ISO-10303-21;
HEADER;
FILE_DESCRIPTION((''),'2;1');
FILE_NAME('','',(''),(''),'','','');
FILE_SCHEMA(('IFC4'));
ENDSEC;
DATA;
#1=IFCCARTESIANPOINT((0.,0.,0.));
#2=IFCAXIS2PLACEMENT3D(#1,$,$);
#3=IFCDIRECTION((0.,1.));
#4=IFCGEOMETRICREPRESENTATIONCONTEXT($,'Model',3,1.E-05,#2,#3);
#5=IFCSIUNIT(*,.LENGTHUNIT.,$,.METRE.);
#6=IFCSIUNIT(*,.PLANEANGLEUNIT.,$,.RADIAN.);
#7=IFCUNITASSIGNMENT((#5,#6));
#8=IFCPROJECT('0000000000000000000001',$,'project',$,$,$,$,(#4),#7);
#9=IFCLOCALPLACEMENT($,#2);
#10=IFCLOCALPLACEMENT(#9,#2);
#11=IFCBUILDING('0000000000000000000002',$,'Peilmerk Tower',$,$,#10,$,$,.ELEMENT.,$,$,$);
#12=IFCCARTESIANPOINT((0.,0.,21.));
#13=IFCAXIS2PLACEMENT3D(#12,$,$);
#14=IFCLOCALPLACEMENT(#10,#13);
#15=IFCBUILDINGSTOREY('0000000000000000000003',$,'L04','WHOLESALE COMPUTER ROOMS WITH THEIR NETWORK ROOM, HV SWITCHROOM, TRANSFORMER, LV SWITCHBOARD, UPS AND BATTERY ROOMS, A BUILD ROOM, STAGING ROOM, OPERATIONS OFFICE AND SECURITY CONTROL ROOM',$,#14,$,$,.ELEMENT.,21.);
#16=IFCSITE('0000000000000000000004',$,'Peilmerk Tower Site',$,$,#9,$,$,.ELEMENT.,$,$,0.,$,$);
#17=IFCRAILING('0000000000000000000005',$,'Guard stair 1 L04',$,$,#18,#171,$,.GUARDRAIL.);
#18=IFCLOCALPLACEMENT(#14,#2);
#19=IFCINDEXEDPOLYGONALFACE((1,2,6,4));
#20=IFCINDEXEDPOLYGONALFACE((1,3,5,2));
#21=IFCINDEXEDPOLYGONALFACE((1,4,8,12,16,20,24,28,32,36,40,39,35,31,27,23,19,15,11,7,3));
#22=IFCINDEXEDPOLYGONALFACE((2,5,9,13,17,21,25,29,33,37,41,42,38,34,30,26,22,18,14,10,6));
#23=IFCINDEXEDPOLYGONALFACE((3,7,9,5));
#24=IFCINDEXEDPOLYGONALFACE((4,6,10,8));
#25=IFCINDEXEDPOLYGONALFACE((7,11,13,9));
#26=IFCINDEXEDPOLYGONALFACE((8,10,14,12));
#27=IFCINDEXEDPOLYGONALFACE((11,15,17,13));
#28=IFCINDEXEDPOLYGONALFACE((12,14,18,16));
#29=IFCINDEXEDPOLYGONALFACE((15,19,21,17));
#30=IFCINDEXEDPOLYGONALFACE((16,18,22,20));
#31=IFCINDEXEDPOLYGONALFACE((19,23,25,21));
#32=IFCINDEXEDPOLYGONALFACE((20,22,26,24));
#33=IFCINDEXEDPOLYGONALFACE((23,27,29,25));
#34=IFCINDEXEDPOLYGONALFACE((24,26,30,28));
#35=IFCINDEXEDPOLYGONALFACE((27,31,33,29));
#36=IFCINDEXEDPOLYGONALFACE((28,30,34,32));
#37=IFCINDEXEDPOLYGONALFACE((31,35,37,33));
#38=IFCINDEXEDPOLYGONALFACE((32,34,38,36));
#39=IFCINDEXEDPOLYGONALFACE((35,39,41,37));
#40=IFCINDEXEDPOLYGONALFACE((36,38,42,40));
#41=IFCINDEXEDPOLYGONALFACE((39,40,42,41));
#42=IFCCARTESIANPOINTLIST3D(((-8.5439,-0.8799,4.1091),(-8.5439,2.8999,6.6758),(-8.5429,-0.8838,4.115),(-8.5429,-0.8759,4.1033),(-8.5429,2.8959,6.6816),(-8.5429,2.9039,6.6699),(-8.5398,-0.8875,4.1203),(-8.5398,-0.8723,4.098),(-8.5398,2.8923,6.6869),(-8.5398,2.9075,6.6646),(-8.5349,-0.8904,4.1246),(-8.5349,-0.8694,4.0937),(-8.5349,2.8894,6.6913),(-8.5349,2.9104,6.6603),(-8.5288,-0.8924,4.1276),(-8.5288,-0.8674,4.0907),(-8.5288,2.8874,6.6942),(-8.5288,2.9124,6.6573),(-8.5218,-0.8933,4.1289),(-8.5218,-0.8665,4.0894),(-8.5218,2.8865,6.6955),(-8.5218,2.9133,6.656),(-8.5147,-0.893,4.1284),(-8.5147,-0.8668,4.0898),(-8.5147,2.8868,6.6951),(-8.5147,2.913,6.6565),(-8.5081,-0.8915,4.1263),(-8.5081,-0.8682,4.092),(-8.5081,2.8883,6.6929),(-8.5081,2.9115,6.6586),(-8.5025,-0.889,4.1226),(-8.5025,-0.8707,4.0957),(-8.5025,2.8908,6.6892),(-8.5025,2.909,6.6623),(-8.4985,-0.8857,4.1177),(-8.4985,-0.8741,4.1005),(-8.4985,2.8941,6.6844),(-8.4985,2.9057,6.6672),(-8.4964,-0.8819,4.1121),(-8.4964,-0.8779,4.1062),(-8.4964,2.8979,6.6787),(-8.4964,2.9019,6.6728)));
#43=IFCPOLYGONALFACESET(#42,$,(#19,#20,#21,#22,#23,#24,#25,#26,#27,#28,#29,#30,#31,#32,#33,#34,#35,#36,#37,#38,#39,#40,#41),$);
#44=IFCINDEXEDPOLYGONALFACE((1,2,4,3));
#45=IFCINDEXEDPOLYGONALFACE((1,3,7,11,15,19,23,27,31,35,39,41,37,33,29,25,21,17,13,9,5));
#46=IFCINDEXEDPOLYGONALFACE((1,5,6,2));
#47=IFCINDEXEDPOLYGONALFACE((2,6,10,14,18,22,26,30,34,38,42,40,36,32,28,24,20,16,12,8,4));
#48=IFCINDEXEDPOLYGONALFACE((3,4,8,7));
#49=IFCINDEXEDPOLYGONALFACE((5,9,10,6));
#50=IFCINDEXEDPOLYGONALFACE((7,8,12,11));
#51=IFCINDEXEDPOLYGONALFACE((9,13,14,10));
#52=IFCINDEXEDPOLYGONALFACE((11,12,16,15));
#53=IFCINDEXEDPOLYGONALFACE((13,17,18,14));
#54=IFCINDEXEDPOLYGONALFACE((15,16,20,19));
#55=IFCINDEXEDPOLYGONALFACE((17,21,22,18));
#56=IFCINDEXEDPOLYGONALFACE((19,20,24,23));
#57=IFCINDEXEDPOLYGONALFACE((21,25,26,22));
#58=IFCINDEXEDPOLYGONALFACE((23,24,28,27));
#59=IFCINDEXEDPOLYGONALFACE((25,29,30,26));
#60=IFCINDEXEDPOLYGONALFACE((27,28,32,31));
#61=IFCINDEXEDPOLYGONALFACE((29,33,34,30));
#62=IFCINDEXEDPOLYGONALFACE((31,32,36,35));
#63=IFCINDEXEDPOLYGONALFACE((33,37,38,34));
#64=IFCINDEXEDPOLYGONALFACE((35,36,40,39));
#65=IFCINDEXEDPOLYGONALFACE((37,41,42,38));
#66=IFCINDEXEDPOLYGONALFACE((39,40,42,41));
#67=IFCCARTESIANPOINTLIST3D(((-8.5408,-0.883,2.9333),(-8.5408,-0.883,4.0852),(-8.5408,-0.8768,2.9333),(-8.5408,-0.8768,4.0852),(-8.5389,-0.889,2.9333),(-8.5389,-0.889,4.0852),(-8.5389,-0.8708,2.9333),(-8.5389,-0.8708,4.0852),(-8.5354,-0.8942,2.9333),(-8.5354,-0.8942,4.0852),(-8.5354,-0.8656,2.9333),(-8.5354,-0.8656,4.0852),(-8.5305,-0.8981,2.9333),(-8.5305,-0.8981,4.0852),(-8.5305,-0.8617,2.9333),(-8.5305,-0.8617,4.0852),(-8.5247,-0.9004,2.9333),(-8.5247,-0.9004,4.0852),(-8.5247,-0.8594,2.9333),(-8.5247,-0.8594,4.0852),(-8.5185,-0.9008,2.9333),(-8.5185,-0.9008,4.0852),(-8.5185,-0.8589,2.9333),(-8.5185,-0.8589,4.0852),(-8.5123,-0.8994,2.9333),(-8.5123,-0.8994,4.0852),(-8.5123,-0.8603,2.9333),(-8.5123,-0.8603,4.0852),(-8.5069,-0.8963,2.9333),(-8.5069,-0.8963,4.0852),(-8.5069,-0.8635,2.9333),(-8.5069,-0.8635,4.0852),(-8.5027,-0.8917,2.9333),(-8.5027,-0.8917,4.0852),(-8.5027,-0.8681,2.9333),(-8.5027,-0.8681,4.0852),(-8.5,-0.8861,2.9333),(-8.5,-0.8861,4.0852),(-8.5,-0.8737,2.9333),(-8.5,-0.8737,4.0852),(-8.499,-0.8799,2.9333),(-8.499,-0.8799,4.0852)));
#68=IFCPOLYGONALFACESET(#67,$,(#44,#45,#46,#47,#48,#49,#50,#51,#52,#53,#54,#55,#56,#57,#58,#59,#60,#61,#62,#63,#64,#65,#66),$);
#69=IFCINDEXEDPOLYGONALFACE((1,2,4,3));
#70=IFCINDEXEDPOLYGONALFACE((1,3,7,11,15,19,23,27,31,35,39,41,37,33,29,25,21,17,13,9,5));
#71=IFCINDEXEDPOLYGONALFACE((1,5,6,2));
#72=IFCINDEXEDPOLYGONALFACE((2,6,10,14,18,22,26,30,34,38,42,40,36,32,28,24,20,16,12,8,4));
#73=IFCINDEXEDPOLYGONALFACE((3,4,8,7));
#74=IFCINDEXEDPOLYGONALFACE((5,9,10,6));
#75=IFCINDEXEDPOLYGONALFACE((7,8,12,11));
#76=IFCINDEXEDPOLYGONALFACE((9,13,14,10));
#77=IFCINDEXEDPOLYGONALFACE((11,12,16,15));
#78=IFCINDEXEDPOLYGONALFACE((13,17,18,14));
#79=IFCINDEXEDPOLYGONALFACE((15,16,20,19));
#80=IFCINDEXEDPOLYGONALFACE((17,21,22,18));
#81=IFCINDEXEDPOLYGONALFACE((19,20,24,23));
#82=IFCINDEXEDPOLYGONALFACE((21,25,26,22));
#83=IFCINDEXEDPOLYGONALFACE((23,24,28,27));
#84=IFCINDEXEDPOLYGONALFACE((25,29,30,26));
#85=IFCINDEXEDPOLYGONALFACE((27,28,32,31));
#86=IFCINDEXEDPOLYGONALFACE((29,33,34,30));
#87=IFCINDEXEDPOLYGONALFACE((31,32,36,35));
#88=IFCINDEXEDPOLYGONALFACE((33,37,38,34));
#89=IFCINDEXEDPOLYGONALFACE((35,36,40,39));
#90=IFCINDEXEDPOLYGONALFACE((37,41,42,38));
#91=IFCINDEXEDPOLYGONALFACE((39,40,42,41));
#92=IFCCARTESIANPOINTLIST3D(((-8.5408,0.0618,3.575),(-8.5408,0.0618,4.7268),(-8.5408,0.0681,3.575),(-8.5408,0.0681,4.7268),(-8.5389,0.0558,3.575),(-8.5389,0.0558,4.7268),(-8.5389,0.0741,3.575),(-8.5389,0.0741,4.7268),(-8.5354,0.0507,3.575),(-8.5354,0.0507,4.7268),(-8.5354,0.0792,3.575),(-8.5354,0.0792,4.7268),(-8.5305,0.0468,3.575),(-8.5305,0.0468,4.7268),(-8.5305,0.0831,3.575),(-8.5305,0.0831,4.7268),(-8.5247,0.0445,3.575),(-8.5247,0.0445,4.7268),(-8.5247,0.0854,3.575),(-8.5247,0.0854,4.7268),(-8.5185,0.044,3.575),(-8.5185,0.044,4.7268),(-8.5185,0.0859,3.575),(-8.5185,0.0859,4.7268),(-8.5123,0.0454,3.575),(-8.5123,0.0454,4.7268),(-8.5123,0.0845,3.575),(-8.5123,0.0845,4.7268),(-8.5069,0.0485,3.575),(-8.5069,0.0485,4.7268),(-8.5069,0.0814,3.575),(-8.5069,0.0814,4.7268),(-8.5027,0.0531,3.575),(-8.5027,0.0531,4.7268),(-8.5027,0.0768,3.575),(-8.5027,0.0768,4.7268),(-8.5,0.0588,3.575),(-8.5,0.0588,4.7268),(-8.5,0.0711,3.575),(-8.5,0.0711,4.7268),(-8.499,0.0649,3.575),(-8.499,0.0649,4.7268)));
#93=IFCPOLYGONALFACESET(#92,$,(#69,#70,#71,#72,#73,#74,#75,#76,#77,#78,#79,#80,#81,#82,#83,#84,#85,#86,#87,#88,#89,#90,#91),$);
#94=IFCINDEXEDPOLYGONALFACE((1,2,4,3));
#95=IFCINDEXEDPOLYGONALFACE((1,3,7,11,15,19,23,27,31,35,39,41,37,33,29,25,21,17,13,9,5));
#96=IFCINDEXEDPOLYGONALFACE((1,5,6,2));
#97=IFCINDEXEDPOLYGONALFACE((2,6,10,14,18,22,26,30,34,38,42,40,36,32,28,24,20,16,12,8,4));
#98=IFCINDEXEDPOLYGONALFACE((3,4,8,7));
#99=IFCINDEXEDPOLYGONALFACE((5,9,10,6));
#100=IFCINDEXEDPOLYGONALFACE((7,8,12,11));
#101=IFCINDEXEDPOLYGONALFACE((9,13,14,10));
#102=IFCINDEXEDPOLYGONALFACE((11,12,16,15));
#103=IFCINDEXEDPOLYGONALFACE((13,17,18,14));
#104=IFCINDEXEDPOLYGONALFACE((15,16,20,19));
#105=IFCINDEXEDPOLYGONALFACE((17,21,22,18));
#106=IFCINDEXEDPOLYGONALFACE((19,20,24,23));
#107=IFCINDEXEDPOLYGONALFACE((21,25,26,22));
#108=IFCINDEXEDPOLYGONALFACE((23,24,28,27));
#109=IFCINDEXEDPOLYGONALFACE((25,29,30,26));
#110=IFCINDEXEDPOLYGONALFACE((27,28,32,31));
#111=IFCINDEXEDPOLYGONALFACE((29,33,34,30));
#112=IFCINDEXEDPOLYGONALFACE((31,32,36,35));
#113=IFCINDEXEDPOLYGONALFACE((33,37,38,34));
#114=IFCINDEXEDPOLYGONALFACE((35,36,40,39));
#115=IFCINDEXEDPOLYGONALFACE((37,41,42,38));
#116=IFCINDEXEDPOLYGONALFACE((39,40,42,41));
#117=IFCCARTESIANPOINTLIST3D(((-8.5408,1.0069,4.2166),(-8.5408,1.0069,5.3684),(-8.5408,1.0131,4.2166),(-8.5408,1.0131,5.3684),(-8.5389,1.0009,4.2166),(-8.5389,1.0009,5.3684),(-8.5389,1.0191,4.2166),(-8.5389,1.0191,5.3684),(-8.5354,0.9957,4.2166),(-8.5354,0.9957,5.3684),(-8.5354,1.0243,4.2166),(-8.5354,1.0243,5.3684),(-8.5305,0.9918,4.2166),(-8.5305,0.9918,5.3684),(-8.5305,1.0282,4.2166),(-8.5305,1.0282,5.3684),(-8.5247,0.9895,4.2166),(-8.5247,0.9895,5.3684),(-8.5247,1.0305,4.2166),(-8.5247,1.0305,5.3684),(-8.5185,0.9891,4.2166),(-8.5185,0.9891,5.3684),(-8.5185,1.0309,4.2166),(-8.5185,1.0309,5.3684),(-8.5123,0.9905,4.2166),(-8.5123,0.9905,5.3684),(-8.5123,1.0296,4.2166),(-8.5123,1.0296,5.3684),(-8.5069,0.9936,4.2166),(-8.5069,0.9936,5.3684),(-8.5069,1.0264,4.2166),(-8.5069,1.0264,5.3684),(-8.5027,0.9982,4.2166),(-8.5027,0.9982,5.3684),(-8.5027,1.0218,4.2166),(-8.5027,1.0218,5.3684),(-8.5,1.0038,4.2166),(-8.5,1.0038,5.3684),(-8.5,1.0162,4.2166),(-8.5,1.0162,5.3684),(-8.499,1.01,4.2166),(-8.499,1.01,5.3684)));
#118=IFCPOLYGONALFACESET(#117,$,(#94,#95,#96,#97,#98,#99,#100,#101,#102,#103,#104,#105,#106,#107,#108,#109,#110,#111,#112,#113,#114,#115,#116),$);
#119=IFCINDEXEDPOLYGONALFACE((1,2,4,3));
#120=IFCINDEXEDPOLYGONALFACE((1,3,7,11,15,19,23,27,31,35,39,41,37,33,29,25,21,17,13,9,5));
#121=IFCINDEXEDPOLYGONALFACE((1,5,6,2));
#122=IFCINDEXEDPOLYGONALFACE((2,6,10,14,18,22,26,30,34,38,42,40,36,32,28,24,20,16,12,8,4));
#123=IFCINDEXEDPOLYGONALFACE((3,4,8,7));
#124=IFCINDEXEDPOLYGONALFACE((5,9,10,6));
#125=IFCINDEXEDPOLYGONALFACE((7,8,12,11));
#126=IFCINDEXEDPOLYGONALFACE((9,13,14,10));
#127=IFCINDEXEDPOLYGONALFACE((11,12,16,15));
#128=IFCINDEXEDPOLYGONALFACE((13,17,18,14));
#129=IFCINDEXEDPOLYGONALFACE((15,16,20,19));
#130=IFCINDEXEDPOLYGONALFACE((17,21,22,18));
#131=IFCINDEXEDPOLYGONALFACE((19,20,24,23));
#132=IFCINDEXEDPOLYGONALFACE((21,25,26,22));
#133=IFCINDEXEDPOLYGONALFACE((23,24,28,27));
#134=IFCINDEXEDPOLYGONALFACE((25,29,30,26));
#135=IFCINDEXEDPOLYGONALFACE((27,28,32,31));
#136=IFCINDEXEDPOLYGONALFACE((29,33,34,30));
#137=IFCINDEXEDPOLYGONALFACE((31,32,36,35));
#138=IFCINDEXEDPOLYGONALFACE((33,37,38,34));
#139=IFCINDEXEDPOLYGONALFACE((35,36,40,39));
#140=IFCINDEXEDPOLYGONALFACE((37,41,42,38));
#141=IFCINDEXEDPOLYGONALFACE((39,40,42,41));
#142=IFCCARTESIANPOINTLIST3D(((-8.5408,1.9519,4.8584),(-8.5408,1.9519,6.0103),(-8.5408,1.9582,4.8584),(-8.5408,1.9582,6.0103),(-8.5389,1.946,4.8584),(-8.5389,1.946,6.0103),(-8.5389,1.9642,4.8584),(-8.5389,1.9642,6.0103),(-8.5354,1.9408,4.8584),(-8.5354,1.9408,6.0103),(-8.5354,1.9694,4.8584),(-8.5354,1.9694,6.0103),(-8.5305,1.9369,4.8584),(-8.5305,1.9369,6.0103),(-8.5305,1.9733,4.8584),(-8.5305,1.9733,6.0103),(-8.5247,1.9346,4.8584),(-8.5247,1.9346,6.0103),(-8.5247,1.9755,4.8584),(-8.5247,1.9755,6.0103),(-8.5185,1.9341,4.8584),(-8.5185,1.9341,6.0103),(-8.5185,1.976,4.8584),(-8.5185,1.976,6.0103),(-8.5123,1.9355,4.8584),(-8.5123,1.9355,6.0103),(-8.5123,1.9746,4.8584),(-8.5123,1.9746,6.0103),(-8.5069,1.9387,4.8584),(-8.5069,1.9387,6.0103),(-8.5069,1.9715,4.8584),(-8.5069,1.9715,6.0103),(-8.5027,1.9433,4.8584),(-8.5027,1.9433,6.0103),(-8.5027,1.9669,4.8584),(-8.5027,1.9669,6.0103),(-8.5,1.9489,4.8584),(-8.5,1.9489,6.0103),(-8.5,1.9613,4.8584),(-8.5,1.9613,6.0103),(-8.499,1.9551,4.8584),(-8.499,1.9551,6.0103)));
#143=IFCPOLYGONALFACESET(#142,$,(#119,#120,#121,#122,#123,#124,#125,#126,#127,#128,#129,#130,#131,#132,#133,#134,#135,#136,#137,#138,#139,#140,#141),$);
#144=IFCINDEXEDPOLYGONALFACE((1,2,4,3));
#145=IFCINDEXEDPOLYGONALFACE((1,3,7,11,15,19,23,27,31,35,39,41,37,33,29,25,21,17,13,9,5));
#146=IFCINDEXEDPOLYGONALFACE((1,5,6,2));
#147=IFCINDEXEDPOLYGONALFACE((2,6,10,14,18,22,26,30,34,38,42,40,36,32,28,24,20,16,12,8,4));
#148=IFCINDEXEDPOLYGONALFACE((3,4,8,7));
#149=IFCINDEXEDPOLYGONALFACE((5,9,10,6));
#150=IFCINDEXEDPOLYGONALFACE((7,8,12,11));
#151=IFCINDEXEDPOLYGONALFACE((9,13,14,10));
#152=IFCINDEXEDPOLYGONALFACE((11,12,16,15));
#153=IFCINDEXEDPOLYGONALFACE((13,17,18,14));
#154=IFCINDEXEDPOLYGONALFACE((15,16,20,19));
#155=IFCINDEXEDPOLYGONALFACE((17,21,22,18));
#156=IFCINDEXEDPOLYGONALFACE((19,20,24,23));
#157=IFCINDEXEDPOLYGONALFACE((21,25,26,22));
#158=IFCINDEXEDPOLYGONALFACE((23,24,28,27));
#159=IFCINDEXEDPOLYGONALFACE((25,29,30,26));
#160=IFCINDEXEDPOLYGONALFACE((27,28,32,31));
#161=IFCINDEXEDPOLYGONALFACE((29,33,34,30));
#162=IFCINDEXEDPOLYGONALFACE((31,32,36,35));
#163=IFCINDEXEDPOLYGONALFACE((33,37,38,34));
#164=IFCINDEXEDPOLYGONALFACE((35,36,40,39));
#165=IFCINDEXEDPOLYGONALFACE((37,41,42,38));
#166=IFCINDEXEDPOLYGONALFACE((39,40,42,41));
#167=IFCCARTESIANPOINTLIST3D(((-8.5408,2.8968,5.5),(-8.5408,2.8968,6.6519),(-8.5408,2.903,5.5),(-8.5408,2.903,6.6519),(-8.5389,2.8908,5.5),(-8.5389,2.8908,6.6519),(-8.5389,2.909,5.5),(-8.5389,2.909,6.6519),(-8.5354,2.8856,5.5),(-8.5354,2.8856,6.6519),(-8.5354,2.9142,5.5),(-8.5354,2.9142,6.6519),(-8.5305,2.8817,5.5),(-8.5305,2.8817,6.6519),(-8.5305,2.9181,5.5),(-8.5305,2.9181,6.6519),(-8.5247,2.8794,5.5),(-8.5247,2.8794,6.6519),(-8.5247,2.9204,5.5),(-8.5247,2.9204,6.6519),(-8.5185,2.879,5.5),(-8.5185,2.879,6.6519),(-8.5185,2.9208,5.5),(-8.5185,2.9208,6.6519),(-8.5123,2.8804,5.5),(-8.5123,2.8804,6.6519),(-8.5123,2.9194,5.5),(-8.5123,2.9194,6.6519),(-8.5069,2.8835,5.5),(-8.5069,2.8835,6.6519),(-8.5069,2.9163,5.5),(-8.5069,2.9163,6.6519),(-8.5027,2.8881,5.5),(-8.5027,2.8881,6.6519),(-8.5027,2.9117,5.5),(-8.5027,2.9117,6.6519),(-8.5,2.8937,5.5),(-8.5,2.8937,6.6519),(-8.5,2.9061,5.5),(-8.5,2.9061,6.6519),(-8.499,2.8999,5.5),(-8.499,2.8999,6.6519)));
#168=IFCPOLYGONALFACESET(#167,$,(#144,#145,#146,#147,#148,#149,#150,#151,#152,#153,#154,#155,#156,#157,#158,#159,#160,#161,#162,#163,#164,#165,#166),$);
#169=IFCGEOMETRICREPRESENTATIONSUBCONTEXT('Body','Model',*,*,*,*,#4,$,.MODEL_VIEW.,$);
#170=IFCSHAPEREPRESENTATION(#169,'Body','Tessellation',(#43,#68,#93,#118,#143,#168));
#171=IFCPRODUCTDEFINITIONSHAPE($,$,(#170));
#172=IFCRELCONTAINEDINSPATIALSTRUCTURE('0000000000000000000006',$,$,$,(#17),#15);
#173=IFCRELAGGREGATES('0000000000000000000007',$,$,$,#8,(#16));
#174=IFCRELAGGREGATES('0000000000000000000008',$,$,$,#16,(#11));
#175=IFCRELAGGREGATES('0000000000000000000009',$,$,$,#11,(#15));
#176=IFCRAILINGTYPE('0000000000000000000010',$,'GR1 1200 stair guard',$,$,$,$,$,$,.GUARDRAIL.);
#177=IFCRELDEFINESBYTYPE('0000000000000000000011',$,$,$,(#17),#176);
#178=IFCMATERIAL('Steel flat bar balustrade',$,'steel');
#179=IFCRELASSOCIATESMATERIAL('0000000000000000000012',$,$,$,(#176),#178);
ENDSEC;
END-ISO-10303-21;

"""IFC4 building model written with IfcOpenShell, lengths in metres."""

from ifc_helpers import new_model, si_unit, direction, frame, origin, origin_2d, place, context, subcontext, project, spatial, circle, extrude, material, type_object, element, save


model = new_model("IFC4")

# Units and contexts
model_context = context("Model", 3, precision=1e-05, world=origin(), true_north=direction((0.0, 1.0)))
body_context = subcontext(model_context, "Body", "Model", "MODEL_VIEW")
ifc_project = project(units=[si_unit("LENGTHUNIT", "METRE"), si_unit("PLANEANGLEUNIT", "RADIAN")], contexts=[model_context])

# Site, building, storey
site_placement = place(None, origin())
site = spatial("IfcSite", under=ifc_project, at=site_placement, Name="Peilmerk Tower Site", CompositionType="ELEMENT", RefElevation=0.0)
building_placement = place(site_placement, origin())
building = spatial("IfcBuilding", under=site, at=building_placement, Name="Peilmerk Tower", CompositionType="ELEMENT")
storey_placement = place(building_placement, frame((0.0, 0.0, 21.0)))
storey = spatial("IfcBuildingStorey", under=building, at=storey_placement, Name="L04", Description="WHOLESALE COMPUTER ROOMS WITH THEIR NETWORK ROOM, HV SWITCHROOM, TRANSFORMER, LV SWITCHBOARD, UPS AND BATTERY ROOMS, A BUILD ROOM, STAGING ROOM, OPERATIONS OFFICE AND SECURITY CONTROL ROOM", CompositionType="ELEMENT", Elevation=21.0)

# Railing
ifc_material_1 = material(Name="Steel flat bar balustrade", Category="steel")
railing_type_1 = type_object("IfcRailingType", Name="GR1 1200 stair guard", PredefinedType="GUARDRAIL", material=ifc_material_1)
railing_1_placement = place(storey_placement, frame((-8.52, -0.8799, 2.9333)))
element("IfcRailing", 1, at=railing_1_placement, inside=storey, type_object=railing_type_1, Name="Guard stair 1 L04", PredefinedType="GUARDRAIL", context=body_context, shape_type="SweptSolid", body=[
    extrude(circle(Radius=0.0239, at=origin_2d()), frame((0.0, 0.0, 1.1758), z_axis=(0.0, 0.827293, 0.561771), x_axis=(-1.0, 0.0, 0.0)), (0.0, 0.0, 1.0), 4.5688),
    extrude(circle(Radius=0.021, at=origin_2d()), origin(), (0.0, 0.0, 1.0), 1.1519),
    extrude(circle(Radius=0.021, at=origin_2d()), frame((0.0, 0.9448, 0.6416)), (0.0, 0.0, 1.0), 1.1519),
    extrude(circle(Radius=0.021, at=origin_2d()), frame((0.0, 1.8899, 1.2832)), (0.0, 0.0, 1.0), 1.1519),
    extrude(circle(Radius=0.021, at=origin_2d()), frame((0.0, 2.835, 1.925)), (0.0, 0.0, 1.0), 1.1519),
    extrude(circle(Radius=0.021, at=origin_2d()), frame((0.0, 3.7798, 2.5667)), (0.0, 0.0, 1.0), 1.1519),
])

save(model, "model.ifc")
